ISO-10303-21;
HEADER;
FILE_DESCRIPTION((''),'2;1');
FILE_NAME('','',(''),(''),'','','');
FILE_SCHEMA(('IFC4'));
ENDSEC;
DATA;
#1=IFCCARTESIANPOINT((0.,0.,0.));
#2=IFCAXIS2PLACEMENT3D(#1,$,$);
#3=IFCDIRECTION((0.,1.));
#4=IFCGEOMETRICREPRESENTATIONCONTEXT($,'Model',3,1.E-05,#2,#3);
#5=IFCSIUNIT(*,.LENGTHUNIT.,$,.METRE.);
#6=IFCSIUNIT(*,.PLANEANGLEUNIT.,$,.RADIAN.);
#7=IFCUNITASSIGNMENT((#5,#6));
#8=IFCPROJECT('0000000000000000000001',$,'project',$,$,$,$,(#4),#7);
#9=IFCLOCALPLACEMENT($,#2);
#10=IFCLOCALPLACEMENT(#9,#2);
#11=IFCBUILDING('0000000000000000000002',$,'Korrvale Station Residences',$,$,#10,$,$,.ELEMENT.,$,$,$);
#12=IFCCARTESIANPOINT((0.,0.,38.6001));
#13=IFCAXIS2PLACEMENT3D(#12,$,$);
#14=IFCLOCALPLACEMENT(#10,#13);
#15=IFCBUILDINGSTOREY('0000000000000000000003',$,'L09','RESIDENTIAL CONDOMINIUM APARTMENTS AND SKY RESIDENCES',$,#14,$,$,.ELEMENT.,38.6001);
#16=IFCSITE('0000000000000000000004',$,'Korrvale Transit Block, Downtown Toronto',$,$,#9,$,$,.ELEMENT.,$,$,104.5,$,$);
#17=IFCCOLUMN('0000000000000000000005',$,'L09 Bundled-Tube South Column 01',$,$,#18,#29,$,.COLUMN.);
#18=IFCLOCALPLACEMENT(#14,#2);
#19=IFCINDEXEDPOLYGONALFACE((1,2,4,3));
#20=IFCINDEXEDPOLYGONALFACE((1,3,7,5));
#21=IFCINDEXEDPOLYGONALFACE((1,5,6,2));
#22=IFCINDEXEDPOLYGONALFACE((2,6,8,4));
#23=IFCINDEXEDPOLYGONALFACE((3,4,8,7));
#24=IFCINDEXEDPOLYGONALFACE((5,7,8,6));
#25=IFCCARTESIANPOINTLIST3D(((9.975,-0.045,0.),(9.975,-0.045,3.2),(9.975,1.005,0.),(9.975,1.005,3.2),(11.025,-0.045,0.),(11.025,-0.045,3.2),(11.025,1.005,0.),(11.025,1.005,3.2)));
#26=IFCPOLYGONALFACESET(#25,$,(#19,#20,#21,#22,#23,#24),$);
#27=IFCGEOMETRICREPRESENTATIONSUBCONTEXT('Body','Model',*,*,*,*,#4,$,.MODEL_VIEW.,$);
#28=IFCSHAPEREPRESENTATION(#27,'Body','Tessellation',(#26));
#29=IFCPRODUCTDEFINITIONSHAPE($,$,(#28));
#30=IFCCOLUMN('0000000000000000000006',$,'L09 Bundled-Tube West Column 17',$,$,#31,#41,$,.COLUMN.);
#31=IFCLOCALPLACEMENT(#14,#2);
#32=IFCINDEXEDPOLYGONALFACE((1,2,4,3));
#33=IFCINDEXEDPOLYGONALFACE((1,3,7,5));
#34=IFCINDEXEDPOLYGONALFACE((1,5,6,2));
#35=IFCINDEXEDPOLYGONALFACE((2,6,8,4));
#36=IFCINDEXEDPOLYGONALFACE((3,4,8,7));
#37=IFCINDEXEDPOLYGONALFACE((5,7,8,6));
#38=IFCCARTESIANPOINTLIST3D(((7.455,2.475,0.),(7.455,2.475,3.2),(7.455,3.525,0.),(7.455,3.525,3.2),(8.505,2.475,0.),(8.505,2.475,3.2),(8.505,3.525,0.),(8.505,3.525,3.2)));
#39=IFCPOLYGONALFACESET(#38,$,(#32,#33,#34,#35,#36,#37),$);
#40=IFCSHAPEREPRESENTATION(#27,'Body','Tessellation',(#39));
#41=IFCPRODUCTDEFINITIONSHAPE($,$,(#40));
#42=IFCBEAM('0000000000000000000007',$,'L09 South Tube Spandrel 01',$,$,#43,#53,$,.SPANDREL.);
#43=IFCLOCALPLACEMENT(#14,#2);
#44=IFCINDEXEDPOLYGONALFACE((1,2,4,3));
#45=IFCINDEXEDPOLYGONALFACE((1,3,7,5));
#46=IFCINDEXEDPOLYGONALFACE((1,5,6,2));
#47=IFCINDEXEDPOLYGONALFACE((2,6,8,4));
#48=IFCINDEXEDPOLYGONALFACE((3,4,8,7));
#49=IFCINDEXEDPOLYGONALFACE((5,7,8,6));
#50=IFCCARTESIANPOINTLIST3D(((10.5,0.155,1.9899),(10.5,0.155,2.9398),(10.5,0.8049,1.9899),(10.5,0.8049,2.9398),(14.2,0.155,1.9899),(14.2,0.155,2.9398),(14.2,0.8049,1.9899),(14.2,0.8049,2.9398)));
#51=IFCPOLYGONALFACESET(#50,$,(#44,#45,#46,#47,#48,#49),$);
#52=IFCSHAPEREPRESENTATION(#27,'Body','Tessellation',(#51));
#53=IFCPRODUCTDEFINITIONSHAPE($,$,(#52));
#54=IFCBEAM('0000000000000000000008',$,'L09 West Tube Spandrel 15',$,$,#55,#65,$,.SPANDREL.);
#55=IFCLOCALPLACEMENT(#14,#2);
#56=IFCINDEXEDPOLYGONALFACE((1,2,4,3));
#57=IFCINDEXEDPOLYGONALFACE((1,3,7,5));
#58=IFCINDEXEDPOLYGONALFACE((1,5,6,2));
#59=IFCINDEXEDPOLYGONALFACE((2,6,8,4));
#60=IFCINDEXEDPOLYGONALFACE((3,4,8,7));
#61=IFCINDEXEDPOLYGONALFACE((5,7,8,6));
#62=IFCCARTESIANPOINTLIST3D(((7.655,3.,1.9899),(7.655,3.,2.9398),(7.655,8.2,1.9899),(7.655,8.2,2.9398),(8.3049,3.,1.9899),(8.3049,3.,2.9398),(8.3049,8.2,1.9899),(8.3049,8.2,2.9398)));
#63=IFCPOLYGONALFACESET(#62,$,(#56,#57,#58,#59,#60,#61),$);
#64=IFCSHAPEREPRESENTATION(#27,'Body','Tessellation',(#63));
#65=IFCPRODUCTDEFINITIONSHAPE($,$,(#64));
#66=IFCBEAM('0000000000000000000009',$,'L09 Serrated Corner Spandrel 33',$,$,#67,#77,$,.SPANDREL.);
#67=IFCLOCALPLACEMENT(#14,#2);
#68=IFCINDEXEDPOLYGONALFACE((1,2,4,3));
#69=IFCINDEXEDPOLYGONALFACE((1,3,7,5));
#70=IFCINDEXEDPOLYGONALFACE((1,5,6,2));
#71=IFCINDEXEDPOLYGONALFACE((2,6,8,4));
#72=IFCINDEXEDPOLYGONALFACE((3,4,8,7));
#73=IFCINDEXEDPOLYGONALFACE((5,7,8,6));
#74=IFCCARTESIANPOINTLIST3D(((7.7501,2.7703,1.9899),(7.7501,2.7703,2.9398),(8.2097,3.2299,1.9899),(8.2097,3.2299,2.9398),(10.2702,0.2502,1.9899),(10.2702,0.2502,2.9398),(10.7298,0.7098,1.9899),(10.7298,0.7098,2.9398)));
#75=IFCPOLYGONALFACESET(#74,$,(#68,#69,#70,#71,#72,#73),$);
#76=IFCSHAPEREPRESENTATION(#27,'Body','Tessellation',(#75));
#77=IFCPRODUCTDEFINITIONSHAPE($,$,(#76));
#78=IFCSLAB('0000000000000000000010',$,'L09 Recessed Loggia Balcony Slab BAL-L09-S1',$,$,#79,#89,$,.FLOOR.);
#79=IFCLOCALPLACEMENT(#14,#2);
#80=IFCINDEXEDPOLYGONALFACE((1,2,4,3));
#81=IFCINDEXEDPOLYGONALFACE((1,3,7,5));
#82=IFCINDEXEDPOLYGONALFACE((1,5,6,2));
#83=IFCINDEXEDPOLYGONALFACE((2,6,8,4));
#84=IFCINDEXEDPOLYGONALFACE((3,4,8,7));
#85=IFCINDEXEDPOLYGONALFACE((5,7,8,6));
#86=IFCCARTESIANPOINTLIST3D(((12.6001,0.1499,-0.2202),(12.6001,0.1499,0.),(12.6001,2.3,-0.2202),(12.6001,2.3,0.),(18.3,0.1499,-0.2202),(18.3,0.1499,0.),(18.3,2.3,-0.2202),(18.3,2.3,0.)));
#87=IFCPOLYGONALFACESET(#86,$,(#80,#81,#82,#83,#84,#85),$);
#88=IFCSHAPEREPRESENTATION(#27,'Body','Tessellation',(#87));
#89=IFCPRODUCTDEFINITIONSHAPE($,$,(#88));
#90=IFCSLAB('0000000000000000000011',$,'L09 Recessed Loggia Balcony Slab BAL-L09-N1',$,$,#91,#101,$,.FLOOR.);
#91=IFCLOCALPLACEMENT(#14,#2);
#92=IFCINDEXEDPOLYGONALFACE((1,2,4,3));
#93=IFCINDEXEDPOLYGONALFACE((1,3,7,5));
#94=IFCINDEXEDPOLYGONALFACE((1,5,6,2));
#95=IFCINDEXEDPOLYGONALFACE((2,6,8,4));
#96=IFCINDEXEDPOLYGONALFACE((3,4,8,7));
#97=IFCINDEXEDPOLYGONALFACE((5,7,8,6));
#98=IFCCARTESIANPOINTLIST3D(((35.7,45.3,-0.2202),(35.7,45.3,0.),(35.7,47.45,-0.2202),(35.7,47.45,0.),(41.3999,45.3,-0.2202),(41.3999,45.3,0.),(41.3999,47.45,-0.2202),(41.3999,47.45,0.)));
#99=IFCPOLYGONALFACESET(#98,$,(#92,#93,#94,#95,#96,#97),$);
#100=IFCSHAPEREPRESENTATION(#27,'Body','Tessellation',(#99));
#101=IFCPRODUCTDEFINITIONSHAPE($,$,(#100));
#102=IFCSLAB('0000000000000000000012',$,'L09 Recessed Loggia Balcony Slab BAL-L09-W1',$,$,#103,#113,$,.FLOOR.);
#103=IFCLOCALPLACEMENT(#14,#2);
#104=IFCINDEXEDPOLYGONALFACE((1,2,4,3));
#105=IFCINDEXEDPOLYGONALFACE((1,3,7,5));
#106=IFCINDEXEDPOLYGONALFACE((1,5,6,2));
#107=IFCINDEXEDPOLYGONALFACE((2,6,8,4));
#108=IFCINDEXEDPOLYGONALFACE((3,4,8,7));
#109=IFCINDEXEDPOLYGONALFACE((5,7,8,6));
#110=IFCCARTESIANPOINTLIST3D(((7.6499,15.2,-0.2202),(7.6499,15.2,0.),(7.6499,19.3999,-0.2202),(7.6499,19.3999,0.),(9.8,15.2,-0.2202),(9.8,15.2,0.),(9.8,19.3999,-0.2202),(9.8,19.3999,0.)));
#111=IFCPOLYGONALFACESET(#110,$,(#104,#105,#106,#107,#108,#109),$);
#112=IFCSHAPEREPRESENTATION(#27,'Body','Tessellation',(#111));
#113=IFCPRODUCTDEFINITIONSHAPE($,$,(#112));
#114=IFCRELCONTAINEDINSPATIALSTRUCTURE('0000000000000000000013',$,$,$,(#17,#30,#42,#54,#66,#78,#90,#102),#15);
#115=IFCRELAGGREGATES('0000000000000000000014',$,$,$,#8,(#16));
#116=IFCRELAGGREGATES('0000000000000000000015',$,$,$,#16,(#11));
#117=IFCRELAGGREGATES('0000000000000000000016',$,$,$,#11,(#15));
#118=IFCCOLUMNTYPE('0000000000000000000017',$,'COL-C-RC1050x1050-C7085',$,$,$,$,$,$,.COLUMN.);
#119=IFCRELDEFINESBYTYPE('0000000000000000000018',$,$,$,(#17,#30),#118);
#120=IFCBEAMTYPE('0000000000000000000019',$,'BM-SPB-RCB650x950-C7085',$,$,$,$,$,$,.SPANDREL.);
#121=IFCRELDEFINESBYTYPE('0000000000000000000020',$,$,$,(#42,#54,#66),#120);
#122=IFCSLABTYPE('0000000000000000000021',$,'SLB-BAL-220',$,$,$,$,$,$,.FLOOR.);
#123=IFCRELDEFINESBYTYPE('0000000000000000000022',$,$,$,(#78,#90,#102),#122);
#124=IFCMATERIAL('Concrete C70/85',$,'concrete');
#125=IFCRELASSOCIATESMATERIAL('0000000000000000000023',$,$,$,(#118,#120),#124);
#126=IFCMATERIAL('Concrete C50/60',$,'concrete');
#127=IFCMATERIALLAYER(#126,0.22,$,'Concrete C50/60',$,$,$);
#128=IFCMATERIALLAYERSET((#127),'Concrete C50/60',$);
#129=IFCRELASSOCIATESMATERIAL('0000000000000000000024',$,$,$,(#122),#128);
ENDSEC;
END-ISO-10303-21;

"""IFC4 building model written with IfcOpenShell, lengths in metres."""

from ifc_helpers import new_model, si_unit, direction, frame, origin, origin_2d, place, context, subcontext, project, spatial, polyline, rectangle, outline, extrude, material, layer, layer_set, material_profile, profile_set, type_object, element, save


model = new_model("IFC4")

# Units and contexts
model_context = context("Model", 3, precision=1e-05, world=origin(), true_north=direction((0.0, 1.0)))
body_context = subcontext(model_context, "Body", "Model", "MODEL_VIEW")
ifc_project = project(units=[si_unit("LENGTHUNIT", "METRE"), si_unit("PLANEANGLEUNIT", "RADIAN")], contexts=[model_context])

# Site, building, storey
site_placement = place(None, origin())
site = spatial("IfcSite", under=ifc_project, at=site_placement, Name="Korrvale Transit Block, Downtown Toronto", CompositionType="ELEMENT", RefElevation=104.5)
building_placement = place(site_placement, origin())
building = spatial("IfcBuilding", under=site, at=building_placement, Name="Korrvale Station Residences", CompositionType="ELEMENT")
storey_placement = place(building_placement, frame((0.0, 0.0, 38.6001)))
storey = spatial("IfcBuildingStorey", under=building, at=storey_placement, Name="L09", Description="RESIDENTIAL CONDOMINIUM APARTMENTS AND SKY RESIDENCES", CompositionType="ELEMENT", Elevation=38.6001)

# Columns
ifc_material_1 = material(Name="Concrete C70/85", Category="concrete")
ifc_material_profile_1 = material_profile(ifc_material_1, rectangle(XDim=1.05, YDim=1.05, at=origin_2d()), Name="RC1050x1050")
ifc_profile_set_1 = profile_set([ifc_material_profile_1], Name="Concrete C70/85")
column_type = type_object("IfcColumnType", Name="COL-C-RC1050x1050-C7085", PredefinedType="COLUMN", material=ifc_profile_set_1)
for number, where, z_axis, x_axis, name in (
    (1, (10.5, 0.48, 0.0), (0.0, 0.0, 1.0), (1.0, 0.0, 0.0), "L09 Bundled-Tube South Column 01"),
    (2, (7.98, 3.0, 0.0), (0.0, 0.0, 1.0), (1.0, 0.0, 0.0), "L09 Bundled-Tube West Column 17"),
):
    element("IfcColumn", number, at=place(storey_placement, frame(where, z_axis=z_axis, x_axis=x_axis)), inside=storey, type_object=column_type, Name=name, PredefinedType="COLUMN", context=body_context, shape_type="SweptSolid", body=[
        extrude(rectangle(XDim=1.05, YDim=1.05, at=origin_2d()), origin(), (0.0, 0.0, 1.0), 3.2),
    ])

# Beams
ifc_material_profile_2 = material_profile(ifc_material_1, rectangle(XDim=0.6499, YDim=0.95, at=origin_2d()), Name="RCB650x950")
ifc_profile_set_2 = profile_set([ifc_material_profile_2], Name="Concrete C70/85")
beam_type = type_object("IfcBeamType", Name="BM-SPB-RCB650x950-C7085", PredefinedType="SPANDREL", material=ifc_profile_set_2)
beam_1_placement = place(storey_placement, frame((10.5, 0.48, 2.4648), z_axis=(1.0, 0.0, 0.0), x_axis=(0.0, 1.0, 0.0)))
element("IfcBeam", 3, at=beam_1_placement, inside=storey, type_object=beam_type, Name="L09 South Tube Spandrel 01", PredefinedType="SPANDREL", context=body_context, shape_type="SweptSolid", body=[
    extrude(rectangle(XDim=0.6499, YDim=0.95, at=origin_2d()), origin(), (0.0, 0.0, 1.0), 3.7),
])
beam_2_placement = place(storey_placement, frame((7.98, 3.0, 2.4648), z_axis=(0.0, 1.0, 0.0), x_axis=(-1.0, 0.0, 0.0)))
element("IfcBeam", 4, at=beam_2_placement, inside=storey, type_object=beam_type, Name="L09 West Tube Spandrel 15", PredefinedType="SPANDREL", context=body_context, shape_type="SweptSolid", body=[
    extrude(rectangle(XDim=0.6499, YDim=0.95, at=origin_2d()), origin(), (0.0, 0.0, 1.0), 5.2),
])
beam_3_placement = place(storey_placement, frame((10.5, 0.48, 2.4648), z_axis=(-0.707107, 0.707107, 0.0), x_axis=(-0.707107, -0.707107, 0.0)))
element("IfcBeam", 5, at=beam_3_placement, inside=storey, type_object=beam_type, Name="L09 Serrated Corner Spandrel 33", PredefinedType="SPANDREL", context=body_context, shape_type="SweptSolid", body=[
    extrude(rectangle(XDim=0.6499, YDim=0.95, at=origin_2d()), origin(), (0.0, 0.0, 1.0), 3.564),
])

# Slabs
ifc_material_2 = material(Name="Concrete C50/60", Category="concrete")
ifc_layer_1 = layer(ifc_material_2, 0.22, Name="Concrete C50/60")
ifc_layer_set_1 = layer_set([ifc_layer_1], Name="Concrete C50/60")
slab_type_1 = type_object("IfcSlabType", Name="SLB-BAL-220", PredefinedType="FLOOR", material=ifc_layer_set_1)
slab_1_placement = place(storey_placement, frame((0.0, 0.0, -0.2202)))
element("IfcSlab", 6, at=slab_1_placement, inside=storey, type_object=slab_type_1, Name="L09 Recessed Loggia Balcony Slab BAL-L09-S1", PredefinedType="FLOOR", context=body_context, shape_type="SweptSolid", body=[
    extrude(outline(polyline([(12.6001, 0.1499), (18.3, 0.1499), (18.3, 2.3), (12.6001, 2.3), (12.6001, 0.1499)])), origin(), (0.0, 0.0, 1.0), 0.2202),
])
slab_2_placement = place(storey_placement, frame((0.0, 0.0, -0.2202)))
element("IfcSlab", 7, at=slab_2_placement, inside=storey, type_object=slab_type_1, Name="L09 Recessed Loggia Balcony Slab BAL-L09-N1", PredefinedType="FLOOR", context=body_context, shape_type="SweptSolid", body=[
    extrude(outline(polyline([(35.7, 45.3), (41.3999, 45.3), (41.3999, 47.45), (35.7, 47.45), (35.7, 45.3)])), origin(), (0.0, 0.0, 1.0), 0.2202),
])
slab_3_placement = place(storey_placement, frame((0.0, 0.0, -0.2202)))
element("IfcSlab", 8, at=slab_3_placement, inside=storey, type_object=slab_type_1, Name="L09 Recessed Loggia Balcony Slab BAL-L09-W1", PredefinedType="FLOOR", context=body_context, shape_type="SweptSolid", body=[
    extrude(outline(polyline([(7.6499, 15.2), (9.8, 15.2), (9.8, 19.3999), (7.6499, 19.3999), (7.6499, 15.2)])), origin(), (0.0, 0.0, 1.0), 0.2202),
])

save(model, "model.ifc")
